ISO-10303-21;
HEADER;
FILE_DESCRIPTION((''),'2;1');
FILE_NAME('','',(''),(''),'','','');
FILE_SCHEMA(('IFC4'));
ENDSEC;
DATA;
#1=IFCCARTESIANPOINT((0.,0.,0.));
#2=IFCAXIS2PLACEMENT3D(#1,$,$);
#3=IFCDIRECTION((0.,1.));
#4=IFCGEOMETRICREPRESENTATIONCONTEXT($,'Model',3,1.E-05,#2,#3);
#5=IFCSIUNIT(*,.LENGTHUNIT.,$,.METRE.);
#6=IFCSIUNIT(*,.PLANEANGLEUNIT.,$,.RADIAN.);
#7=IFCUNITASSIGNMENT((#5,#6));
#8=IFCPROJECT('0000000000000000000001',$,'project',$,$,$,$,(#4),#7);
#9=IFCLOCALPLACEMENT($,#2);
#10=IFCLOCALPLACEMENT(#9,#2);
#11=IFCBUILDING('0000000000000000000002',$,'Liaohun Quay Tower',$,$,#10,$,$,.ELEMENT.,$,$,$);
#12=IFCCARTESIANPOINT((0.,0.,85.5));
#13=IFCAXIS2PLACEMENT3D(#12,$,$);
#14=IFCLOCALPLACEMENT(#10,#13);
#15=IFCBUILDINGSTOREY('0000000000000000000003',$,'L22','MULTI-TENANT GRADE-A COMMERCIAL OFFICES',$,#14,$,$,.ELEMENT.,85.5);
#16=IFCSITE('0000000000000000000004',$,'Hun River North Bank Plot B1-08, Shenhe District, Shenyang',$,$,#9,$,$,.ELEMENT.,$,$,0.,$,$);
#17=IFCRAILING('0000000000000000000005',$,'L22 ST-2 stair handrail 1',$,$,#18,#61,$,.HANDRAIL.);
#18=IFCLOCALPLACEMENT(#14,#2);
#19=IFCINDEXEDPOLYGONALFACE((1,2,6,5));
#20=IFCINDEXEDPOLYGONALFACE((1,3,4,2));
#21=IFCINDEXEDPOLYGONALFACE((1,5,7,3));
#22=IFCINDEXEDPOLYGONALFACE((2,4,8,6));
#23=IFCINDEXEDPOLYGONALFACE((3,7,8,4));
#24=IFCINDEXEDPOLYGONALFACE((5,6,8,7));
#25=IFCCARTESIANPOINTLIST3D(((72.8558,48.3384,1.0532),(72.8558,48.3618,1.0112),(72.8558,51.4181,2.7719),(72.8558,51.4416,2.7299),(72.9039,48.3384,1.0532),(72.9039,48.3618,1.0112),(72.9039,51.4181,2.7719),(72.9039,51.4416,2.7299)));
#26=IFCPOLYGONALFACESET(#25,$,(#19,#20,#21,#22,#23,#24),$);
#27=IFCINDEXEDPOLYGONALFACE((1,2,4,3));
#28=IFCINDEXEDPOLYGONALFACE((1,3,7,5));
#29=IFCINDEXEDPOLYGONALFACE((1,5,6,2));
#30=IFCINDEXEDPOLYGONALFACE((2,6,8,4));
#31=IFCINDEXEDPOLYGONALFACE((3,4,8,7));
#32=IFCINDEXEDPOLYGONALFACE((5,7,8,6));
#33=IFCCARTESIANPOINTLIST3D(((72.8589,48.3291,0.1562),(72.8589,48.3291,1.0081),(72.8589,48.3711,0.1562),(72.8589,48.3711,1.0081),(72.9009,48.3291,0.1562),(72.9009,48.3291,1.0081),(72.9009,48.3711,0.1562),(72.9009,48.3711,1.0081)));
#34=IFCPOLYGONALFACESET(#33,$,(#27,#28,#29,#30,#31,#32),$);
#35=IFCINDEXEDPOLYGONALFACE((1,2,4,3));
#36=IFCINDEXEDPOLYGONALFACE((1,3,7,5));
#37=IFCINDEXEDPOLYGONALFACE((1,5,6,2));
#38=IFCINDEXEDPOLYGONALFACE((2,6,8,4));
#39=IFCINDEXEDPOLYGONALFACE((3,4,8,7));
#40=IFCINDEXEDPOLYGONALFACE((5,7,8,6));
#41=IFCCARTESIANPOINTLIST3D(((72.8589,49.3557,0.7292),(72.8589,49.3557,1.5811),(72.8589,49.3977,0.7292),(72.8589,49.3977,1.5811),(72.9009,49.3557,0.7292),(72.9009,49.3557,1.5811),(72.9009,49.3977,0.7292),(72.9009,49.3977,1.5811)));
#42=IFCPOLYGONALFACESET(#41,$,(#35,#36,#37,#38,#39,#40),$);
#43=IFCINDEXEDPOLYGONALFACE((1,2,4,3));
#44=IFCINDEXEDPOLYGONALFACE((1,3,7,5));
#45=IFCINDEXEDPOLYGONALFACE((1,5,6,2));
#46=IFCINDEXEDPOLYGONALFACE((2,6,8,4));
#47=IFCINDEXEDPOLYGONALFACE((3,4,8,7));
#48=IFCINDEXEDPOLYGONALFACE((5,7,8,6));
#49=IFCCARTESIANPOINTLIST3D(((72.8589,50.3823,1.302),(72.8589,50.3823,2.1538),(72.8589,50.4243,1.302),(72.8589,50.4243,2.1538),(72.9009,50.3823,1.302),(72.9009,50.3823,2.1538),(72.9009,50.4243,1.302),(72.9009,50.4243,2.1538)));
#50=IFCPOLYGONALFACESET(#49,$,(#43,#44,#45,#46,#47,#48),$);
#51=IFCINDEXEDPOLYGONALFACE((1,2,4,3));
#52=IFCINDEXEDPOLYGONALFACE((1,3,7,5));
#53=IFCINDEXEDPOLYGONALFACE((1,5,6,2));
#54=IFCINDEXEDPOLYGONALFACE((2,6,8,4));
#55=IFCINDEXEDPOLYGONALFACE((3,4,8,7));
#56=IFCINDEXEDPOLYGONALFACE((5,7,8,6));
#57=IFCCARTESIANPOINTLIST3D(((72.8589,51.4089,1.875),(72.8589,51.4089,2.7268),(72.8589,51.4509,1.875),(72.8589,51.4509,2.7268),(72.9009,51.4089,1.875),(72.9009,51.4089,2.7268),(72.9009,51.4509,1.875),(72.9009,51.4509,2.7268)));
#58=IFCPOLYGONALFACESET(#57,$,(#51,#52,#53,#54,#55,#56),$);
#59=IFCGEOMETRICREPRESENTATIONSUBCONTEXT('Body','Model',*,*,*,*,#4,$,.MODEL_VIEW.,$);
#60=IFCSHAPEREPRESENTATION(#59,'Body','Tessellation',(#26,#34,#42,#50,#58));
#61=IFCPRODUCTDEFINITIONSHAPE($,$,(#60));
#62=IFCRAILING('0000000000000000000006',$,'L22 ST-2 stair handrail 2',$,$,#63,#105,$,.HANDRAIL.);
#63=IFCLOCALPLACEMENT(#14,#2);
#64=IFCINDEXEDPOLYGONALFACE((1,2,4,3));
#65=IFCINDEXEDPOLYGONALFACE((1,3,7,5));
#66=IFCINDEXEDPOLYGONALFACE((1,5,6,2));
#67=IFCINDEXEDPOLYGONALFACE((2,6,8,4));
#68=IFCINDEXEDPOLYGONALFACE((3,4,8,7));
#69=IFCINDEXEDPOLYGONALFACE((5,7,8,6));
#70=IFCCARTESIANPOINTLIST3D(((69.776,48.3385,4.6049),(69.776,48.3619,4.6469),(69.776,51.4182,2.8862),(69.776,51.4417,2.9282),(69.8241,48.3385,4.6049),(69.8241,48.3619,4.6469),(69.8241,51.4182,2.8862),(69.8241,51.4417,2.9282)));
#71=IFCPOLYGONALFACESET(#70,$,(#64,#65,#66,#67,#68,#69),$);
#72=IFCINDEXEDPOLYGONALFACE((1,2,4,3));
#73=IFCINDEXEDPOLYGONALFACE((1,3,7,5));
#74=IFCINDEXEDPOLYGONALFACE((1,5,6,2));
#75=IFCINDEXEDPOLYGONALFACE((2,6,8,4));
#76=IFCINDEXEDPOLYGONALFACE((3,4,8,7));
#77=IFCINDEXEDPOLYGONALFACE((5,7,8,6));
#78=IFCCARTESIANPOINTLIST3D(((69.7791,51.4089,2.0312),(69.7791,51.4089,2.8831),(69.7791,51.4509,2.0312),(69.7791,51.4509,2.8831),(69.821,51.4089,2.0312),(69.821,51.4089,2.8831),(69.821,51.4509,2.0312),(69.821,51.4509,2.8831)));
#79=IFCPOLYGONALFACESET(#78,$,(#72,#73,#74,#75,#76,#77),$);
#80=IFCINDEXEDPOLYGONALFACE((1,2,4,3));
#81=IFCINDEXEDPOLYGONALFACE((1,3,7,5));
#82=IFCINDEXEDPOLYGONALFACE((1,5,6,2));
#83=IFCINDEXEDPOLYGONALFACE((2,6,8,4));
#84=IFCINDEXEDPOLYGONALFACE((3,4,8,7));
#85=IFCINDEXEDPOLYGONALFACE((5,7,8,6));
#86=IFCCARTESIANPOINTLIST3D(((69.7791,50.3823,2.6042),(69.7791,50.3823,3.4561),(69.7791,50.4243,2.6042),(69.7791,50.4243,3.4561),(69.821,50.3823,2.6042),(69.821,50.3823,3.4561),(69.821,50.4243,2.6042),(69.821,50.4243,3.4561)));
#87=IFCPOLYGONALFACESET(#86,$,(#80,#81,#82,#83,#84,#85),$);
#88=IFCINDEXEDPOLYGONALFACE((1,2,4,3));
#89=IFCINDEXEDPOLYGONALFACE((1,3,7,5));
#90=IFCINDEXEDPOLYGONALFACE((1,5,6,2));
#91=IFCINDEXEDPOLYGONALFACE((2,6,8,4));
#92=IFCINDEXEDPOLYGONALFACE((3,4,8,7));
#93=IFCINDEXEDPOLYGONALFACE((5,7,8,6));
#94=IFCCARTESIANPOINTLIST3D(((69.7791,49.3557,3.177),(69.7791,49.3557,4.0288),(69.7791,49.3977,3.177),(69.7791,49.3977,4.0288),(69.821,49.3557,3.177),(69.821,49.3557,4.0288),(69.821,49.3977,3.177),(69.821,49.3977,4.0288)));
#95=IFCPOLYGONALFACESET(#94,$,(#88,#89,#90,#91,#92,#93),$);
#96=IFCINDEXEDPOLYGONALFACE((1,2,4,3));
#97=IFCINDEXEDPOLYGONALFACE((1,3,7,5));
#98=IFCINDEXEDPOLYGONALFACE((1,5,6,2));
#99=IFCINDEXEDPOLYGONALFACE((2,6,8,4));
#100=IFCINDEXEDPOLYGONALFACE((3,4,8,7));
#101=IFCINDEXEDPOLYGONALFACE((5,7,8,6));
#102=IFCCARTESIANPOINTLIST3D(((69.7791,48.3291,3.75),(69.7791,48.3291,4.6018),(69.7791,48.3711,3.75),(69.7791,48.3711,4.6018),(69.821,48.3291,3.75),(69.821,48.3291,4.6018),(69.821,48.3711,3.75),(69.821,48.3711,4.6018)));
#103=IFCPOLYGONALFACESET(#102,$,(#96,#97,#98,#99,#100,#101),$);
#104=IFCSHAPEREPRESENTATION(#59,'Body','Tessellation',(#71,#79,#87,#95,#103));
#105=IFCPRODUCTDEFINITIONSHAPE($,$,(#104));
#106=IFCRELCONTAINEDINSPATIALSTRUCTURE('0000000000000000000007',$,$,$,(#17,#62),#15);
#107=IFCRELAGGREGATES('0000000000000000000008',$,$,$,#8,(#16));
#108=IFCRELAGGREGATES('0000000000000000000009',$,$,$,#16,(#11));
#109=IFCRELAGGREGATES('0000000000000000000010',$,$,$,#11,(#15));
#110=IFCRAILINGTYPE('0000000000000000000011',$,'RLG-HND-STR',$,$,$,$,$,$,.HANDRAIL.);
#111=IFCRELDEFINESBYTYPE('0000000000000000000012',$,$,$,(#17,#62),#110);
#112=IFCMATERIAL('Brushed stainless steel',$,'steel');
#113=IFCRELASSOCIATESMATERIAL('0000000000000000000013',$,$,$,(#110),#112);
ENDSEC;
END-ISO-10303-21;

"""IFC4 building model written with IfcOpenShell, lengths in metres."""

from ifc_helpers import new_model, si_unit, direction, frame, origin, origin_2d, place, context, subcontext, project, spatial, rectangle, extrude, material, type_object, element, save


model = new_model("IFC4")

# Units and contexts
model_context = context("Model", 3, precision=1e-05, world=origin(), true_north=direction((0.0, 1.0)))
body_context = subcontext(model_context, "Body", "Model", "MODEL_VIEW")
ifc_project = project(units=[si_unit("LENGTHUNIT", "METRE"), si_unit("PLANEANGLEUNIT", "RADIAN")], contexts=[model_context])

# Site, building, storey
site_placement = place(None, origin())
site = spatial("IfcSite", under=ifc_project, at=site_placement, Name="Hun River North Bank Plot B1-08, Shenhe District, Shenyang", CompositionType="ELEMENT", RefElevation=0.0)
building_placement = place(site_placement, origin())
building = spatial("IfcBuilding", under=site, at=building_placement, Name="Liaohun Quay Tower", CompositionType="ELEMENT")
storey_placement = place(building_placement, frame((0.0, 0.0, 85.5)))
storey = spatial("IfcBuildingStorey", under=building, at=storey_placement, Name="L22", Description="MULTI-TENANT GRADE-A COMMERCIAL OFFICES", CompositionType="ELEMENT", Elevation=85.5)

# Railings
ifc_material_1 = material(Name="Brushed stainless steel", Category="steel")
railing_type_1 = type_object("IfcRailingType", Name="RLG-HND-STR", PredefinedType="HANDRAIL", material=ifc_material_1)
railing_1_placement = place(storey_placement, frame((72.8799, 48.3501, 0.1562)))
element("IfcRailing", 1, at=railing_1_placement, inside=storey, type_object=railing_type_1, Name="L22 ST-2 stair handrail 1", PredefinedType="HANDRAIL", context=body_context, shape_type="SweptSolid", body=[
    extrude(rectangle(XDim=0.0481, YDim=0.0481, at=origin_2d()), frame((0.0, 0.0, 0.876), z_axis=(0.0, 0.873225, 0.487317), x_axis=(-1.0, 0.0, 0.0)), (0.0, 0.0, 1.0), 3.5269),
    extrude(rectangle(XDim=0.042, YDim=0.042, at=origin_2d()), origin(), (0.0, 0.0, 1.0), 0.8518),
    extrude(rectangle(XDim=0.042, YDim=0.042, at=origin_2d()), frame((0.0, 1.0266, 0.573)), (0.0, 0.0, 1.0), 0.8518),
    extrude(rectangle(XDim=0.042, YDim=0.042, at=origin_2d()), frame((0.0, 2.0532, 1.1458)), (0.0, 0.0, 1.0), 0.8518),
    extrude(rectangle(XDim=0.042, YDim=0.042, at=origin_2d()), frame((0.0, 3.0798, 1.7188)), (0.0, 0.0, 1.0), 0.8518),
])
railing_2_placement = place(storey_placement, frame((69.8, 51.4299, 2.0312)))
element("IfcRailing", 2, at=railing_2_placement, inside=storey, type_object=railing_type_1, Name="L22 ST-2 stair handrail 2", PredefinedType="HANDRAIL", context=body_context, shape_type="SweptSolid", body=[
    extrude(rectangle(XDim=0.0481, YDim=0.0481, at=origin_2d()), frame((0.0, 0.0, 0.876), z_axis=(0.0, -0.873225, 0.487317), x_axis=(1.0, 0.0, 0.0)), (0.0, 0.0, 1.0), 3.5269),
    extrude(rectangle(XDim=0.042, YDim=0.042, at=origin_2d()), origin(), (0.0, 0.0, 1.0), 0.8518),
    extrude(rectangle(XDim=0.042, YDim=0.042, at=origin_2d()), frame((0.0, -1.0266, 0.573)), (0.0, 0.0, 1.0), 0.8518),
    extrude(rectangle(XDim=0.042, YDim=0.042, at=origin_2d()), frame((0.0, -2.0532, 1.1458)), (0.0, 0.0, 1.0), 0.8518),
    extrude(rectangle(XDim=0.042, YDim=0.042, at=origin_2d()), frame((0.0, -3.0798, 1.7188)), (0.0, 0.0, 1.0), 0.8518),
])

save(model, "model.ifc")
